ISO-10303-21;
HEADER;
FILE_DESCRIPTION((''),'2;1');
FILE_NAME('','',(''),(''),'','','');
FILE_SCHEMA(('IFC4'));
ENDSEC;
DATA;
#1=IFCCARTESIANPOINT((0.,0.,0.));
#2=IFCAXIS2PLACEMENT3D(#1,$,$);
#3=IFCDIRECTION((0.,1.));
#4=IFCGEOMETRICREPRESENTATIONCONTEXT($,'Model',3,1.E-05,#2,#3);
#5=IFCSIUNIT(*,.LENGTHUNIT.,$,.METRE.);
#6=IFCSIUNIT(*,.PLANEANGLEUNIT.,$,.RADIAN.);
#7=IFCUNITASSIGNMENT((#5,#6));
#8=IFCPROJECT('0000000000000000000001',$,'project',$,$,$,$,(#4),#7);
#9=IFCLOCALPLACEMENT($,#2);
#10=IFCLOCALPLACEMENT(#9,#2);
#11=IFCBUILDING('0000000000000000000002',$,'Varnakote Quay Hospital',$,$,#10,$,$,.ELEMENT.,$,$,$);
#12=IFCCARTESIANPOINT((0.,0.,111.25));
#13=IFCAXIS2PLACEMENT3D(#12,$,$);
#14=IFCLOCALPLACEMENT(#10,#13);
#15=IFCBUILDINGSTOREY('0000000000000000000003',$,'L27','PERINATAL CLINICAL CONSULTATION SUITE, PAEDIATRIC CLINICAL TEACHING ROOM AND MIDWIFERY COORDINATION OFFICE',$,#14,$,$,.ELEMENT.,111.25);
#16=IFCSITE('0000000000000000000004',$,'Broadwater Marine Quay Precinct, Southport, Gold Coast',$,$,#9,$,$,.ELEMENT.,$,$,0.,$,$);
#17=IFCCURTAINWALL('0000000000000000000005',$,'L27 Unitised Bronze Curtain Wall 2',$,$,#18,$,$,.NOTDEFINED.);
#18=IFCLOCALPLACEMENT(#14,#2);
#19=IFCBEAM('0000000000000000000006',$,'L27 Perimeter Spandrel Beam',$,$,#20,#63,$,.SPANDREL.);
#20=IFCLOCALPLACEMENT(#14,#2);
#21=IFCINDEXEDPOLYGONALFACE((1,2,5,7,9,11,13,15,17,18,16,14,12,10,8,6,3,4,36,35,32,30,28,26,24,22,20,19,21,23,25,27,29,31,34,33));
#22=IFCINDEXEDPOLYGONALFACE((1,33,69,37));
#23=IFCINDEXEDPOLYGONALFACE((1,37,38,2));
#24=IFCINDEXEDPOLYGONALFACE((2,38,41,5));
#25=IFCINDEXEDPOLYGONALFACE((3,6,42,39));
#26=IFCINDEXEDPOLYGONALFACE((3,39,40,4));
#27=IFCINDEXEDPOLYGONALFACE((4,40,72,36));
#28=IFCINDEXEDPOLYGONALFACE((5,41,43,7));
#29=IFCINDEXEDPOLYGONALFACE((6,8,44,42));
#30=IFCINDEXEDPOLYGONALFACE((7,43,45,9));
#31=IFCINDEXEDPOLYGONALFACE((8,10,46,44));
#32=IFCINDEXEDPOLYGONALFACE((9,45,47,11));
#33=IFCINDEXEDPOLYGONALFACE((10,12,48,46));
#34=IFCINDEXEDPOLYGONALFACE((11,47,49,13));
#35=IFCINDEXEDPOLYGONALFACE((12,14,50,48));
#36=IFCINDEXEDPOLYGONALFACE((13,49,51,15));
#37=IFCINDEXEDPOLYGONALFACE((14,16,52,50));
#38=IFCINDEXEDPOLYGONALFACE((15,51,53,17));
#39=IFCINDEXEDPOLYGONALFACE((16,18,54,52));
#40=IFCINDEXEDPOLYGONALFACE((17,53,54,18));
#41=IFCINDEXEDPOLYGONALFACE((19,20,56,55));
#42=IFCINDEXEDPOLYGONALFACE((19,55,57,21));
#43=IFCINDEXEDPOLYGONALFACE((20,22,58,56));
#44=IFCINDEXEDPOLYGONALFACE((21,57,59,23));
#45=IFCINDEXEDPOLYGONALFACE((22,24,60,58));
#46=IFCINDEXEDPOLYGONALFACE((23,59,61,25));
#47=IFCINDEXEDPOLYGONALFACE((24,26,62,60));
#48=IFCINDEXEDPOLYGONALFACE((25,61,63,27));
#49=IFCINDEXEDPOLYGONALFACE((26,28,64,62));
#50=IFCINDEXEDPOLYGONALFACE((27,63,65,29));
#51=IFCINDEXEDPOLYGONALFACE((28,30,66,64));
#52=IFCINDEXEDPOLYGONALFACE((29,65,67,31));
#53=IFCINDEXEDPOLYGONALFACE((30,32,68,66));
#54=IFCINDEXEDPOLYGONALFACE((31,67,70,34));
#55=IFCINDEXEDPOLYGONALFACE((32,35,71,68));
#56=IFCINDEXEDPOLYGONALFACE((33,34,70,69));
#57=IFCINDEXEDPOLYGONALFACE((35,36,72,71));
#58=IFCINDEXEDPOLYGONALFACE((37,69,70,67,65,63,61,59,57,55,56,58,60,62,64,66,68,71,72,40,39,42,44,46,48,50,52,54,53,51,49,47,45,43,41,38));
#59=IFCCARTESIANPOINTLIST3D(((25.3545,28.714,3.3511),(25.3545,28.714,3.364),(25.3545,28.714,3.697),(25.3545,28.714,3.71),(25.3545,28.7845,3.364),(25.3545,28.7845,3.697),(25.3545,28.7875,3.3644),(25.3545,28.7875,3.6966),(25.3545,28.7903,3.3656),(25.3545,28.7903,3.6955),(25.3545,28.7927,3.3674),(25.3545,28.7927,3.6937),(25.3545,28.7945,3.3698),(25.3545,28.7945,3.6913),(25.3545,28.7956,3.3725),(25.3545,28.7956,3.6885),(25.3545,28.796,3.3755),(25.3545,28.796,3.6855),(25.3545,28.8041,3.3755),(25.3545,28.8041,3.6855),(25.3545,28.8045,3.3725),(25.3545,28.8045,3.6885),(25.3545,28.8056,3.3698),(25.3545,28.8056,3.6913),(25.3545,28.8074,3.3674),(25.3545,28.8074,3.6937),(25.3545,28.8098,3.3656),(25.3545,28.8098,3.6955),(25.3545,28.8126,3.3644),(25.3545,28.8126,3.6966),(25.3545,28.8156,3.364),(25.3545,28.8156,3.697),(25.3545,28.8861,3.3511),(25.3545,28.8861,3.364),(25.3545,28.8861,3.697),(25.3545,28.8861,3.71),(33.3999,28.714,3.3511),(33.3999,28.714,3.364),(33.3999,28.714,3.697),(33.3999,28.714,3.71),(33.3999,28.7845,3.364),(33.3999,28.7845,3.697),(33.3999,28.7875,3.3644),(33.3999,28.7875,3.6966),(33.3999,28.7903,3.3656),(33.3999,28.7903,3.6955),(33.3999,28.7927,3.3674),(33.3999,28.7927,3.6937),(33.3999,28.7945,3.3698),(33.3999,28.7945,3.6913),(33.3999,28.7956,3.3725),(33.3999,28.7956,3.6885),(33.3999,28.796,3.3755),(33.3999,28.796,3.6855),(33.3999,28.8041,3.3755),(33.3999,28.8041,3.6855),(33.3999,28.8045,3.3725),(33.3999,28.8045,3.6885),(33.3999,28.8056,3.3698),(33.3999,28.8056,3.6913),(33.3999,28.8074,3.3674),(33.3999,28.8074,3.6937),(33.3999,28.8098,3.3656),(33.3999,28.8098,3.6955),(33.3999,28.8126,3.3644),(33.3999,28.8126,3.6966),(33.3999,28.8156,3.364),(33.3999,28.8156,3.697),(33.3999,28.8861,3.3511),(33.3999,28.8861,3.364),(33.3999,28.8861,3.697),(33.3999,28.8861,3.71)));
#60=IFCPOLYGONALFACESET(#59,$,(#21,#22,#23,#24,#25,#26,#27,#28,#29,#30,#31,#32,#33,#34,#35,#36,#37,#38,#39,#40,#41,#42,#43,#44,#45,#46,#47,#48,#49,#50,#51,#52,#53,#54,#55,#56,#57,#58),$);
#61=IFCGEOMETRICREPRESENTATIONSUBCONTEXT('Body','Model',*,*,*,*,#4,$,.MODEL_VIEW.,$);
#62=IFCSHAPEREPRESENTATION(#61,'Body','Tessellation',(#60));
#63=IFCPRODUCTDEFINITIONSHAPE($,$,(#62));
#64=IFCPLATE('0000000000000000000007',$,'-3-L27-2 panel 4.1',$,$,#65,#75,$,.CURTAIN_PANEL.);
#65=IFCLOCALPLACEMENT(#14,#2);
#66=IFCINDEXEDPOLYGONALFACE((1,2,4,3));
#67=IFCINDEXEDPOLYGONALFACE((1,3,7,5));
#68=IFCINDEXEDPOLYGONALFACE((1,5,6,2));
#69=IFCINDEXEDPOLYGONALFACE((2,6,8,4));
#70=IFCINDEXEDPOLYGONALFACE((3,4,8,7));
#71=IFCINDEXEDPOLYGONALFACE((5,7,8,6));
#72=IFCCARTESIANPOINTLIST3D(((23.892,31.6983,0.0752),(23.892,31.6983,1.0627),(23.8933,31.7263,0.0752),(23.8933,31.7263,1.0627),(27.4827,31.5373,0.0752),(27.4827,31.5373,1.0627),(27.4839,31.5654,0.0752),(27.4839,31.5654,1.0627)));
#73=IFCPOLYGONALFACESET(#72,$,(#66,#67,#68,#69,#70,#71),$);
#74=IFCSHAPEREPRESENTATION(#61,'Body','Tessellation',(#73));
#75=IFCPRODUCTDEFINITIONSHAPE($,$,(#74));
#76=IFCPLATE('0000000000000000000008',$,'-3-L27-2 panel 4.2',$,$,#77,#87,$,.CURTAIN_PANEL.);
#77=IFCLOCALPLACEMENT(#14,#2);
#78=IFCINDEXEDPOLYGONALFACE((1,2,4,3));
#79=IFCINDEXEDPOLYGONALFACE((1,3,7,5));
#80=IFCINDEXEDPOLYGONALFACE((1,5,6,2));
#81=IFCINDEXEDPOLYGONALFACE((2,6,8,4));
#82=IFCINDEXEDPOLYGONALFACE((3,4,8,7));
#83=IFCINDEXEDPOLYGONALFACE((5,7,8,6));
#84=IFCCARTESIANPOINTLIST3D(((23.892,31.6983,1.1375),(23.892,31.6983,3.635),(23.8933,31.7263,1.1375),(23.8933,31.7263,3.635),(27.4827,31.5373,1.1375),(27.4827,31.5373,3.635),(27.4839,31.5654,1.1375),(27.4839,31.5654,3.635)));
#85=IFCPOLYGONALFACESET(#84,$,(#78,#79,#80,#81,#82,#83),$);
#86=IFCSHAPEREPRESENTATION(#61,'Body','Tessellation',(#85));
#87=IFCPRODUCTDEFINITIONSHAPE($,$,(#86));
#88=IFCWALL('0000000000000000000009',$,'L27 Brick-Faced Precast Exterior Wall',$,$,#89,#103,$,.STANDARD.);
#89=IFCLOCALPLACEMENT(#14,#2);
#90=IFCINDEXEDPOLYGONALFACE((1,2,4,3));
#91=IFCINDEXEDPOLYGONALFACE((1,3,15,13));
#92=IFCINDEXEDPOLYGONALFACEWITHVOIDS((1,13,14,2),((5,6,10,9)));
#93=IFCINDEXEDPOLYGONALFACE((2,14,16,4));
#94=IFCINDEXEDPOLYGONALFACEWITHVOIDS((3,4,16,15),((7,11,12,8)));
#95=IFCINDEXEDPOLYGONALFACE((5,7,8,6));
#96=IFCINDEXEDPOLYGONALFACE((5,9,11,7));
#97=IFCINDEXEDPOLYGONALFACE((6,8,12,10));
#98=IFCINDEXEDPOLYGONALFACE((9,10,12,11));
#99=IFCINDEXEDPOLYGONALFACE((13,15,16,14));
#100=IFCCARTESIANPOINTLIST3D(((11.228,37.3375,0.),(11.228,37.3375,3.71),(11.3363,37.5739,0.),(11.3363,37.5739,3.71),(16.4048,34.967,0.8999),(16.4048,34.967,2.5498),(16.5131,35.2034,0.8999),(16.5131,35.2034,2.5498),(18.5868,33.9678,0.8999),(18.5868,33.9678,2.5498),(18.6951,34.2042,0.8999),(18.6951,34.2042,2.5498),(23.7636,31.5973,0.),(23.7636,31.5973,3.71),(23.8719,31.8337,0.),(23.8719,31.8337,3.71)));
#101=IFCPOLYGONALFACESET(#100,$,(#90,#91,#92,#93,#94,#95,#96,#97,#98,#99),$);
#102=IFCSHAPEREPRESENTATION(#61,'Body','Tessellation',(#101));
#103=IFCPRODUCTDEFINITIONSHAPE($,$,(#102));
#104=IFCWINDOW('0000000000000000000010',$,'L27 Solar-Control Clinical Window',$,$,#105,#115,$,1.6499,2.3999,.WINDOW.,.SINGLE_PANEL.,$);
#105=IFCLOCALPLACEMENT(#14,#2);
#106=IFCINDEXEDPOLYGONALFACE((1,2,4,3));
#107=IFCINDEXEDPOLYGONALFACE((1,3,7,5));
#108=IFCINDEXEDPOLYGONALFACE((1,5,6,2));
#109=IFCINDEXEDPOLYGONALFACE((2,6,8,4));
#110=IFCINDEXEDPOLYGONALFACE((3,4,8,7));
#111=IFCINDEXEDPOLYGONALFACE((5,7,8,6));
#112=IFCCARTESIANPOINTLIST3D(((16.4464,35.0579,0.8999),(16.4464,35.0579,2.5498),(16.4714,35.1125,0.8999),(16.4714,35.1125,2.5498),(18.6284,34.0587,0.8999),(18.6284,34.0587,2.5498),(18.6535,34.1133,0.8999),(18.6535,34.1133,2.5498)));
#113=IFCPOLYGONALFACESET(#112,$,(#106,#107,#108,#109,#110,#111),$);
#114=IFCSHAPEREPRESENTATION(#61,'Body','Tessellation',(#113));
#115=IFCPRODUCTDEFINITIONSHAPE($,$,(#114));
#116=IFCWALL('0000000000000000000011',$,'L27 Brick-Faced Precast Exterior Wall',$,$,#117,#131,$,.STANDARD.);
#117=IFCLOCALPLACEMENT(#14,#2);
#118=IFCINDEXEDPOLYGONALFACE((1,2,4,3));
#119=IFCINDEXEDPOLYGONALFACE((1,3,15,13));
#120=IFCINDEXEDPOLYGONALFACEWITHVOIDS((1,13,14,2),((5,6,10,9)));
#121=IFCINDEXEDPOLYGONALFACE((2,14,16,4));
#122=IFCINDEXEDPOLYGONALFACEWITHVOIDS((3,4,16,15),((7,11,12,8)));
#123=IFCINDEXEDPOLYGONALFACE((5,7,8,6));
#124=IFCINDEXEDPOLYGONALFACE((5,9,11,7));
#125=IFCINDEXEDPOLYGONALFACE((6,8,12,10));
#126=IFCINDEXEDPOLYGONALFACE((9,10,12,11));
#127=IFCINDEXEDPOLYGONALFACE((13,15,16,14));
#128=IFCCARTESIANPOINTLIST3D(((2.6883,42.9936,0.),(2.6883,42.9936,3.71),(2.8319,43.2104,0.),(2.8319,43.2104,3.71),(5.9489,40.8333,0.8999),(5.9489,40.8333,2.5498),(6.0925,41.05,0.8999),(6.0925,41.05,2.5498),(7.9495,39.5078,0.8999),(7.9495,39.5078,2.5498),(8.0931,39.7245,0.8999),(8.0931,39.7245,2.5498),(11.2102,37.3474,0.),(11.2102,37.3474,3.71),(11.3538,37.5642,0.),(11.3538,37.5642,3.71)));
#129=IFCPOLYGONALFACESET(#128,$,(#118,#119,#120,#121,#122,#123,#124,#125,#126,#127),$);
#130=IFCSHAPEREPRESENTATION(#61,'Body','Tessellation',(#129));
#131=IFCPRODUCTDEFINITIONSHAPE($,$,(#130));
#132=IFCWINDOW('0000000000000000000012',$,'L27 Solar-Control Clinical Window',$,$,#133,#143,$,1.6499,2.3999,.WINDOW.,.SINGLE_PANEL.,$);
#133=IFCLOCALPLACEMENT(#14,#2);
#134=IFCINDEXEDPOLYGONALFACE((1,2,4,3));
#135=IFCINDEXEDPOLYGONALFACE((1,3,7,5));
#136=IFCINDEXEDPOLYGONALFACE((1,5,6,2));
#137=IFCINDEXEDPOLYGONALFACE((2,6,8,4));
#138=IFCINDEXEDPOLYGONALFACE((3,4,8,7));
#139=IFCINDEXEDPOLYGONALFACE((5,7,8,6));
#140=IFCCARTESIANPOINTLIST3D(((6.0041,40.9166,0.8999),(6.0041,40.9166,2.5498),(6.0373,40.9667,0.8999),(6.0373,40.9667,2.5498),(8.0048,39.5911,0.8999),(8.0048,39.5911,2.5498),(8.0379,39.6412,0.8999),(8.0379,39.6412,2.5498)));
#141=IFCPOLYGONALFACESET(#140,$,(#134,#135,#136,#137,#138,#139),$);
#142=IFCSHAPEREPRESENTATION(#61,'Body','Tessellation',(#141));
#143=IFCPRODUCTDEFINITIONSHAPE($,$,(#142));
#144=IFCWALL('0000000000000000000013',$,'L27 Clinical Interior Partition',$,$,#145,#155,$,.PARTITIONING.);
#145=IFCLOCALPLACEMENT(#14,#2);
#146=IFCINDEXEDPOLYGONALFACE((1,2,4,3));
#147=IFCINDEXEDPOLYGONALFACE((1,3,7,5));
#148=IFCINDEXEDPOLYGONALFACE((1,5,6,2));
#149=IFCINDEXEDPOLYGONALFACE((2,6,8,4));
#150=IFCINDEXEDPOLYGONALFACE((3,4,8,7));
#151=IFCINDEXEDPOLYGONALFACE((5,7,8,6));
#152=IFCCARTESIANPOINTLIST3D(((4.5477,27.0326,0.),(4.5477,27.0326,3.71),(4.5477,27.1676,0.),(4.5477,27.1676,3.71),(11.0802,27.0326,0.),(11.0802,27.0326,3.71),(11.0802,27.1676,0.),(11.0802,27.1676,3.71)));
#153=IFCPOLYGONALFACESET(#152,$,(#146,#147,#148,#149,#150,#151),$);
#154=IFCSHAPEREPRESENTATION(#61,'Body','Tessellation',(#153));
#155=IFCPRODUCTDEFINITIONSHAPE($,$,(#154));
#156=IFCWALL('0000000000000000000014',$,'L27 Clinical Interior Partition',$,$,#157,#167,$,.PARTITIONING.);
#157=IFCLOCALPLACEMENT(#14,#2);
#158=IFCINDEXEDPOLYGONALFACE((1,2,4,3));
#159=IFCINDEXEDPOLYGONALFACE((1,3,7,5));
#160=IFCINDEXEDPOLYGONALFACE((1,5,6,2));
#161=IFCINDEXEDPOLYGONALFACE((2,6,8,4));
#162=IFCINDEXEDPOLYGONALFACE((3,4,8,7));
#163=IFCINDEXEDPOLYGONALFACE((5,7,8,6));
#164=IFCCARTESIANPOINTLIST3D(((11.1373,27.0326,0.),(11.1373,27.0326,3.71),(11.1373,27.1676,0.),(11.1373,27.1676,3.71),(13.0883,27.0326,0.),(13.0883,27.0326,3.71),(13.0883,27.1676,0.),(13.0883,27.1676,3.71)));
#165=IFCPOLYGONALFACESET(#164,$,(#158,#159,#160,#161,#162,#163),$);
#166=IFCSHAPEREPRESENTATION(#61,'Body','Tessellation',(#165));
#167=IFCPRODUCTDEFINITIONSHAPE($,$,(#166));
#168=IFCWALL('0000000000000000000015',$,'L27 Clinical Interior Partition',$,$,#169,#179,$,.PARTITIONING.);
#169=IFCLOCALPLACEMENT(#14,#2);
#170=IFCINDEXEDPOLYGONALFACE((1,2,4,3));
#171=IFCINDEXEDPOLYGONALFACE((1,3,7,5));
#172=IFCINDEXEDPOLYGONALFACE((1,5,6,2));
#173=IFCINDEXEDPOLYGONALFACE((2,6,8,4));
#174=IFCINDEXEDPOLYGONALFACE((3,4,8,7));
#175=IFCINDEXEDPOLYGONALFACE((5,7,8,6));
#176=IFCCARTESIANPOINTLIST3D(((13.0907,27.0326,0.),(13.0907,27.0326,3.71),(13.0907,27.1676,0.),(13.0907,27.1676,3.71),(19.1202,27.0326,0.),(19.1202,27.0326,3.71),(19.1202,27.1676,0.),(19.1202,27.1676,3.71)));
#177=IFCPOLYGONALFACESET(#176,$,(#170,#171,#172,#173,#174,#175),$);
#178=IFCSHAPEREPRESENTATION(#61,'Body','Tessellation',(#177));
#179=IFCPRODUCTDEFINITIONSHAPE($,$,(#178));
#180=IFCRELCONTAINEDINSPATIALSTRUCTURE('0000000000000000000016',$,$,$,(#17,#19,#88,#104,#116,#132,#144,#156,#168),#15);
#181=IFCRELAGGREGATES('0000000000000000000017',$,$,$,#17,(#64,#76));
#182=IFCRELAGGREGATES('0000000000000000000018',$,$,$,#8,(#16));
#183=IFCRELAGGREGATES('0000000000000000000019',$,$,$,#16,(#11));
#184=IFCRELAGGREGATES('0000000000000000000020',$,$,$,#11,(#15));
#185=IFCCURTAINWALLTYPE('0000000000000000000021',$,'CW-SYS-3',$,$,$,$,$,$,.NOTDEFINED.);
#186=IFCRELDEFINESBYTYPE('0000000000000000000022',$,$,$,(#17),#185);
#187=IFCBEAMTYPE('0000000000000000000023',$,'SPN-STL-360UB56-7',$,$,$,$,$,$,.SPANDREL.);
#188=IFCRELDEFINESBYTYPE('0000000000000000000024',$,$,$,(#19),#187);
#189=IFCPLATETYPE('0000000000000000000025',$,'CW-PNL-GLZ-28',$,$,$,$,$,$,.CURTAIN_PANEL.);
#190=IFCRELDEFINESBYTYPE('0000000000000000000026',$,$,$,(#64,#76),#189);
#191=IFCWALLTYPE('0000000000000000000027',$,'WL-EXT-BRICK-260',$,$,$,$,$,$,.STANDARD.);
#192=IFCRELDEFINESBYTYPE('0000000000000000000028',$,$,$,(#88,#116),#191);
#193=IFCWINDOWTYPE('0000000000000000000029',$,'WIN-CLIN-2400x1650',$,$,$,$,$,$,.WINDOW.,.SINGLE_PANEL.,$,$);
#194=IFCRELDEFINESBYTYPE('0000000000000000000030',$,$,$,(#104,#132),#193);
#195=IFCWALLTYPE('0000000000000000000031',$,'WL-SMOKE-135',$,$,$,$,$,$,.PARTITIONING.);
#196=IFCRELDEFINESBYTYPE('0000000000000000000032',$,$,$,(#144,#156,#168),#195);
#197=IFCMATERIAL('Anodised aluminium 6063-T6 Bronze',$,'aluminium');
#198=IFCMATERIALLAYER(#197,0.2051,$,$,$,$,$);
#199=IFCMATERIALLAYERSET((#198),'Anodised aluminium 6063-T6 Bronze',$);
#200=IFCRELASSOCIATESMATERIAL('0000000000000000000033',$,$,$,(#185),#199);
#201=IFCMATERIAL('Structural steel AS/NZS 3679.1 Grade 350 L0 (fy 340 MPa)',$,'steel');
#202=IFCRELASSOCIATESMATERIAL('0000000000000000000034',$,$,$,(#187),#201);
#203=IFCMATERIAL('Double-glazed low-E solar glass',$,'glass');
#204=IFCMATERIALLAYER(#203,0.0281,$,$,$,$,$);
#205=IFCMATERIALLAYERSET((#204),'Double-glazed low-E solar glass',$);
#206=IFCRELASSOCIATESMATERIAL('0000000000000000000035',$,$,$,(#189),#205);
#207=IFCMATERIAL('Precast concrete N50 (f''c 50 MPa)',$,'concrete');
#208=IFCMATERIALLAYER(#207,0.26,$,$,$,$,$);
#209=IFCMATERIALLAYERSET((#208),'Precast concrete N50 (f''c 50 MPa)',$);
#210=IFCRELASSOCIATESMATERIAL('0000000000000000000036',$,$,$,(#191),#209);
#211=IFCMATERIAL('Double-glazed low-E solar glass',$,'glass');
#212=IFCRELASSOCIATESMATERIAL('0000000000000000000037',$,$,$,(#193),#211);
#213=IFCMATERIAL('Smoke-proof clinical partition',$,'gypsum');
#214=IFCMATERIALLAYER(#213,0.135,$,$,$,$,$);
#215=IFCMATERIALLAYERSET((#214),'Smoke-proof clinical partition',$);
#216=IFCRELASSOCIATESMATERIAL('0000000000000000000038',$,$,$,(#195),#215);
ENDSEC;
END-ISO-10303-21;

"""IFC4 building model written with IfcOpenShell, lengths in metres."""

from ifc_helpers import new_model, si_unit, direction, frame, frame_2d, origin, origin_2d, place, context, subcontext, project, spatial, rectangle, i_section, extrude, material, layer, layer_set, material_profile, profile_set, type_object, element, fill, aggregate, save


model = new_model("IFC4")

# Units and contexts
model_context = context("Model", 3, precision=1e-05, world=origin(), true_north=direction((0.0, 1.0)))
body_context = subcontext(model_context, "Body", "Model", "MODEL_VIEW")
ifc_project = project(units=[si_unit("LENGTHUNIT", "METRE"), si_unit("PLANEANGLEUNIT", "RADIAN")], contexts=[model_context])

# Site, building, storey
site_placement = place(None, origin())
site = spatial("IfcSite", under=ifc_project, at=site_placement, Name="Broadwater Marine Quay Precinct, Southport, Gold Coast", CompositionType="ELEMENT", RefElevation=0.0)
building_placement = place(site_placement, origin())
building = spatial("IfcBuilding", under=site, at=building_placement, Name="Varnakote Quay Hospital", CompositionType="ELEMENT")
storey_placement = place(building_placement, frame((0.0, 0.0, 111.25)))
storey = spatial("IfcBuildingStorey", under=building, at=storey_placement, Name="L27", Description="PERINATAL CLINICAL CONSULTATION SUITE, PAEDIATRIC CLINICAL TEACHING ROOM AND MIDWIFERY COORDINATION OFFICE", CompositionType="ELEMENT", Elevation=111.25)

# Curtain wall
ifc_material_1 = material(Name="Anodised aluminium 6063-T6 Bronze", Category="aluminium")
ifc_layer_1 = layer(ifc_material_1, 0.2051)
ifc_layer_set_1 = layer_set([ifc_layer_1], Name="Anodised aluminium 6063-T6 Bronze")
curtain_wall_type = type_object("IfcCurtainWallType", Name="CW-SYS-3", PredefinedType="NOTDEFINED", material=ifc_layer_set_1)
curtain_wall_placement = place(storey_placement, origin())
curtain_wall = element("IfcCurtainWall", 1, at=curtain_wall_placement, inside=storey, type_object=curtain_wall_type, Name="L27 Unitised Bronze Curtain Wall 2", PredefinedType="NOTDEFINED")

# Beam
ifc_material_2 = material(Name="Structural steel AS/NZS 3679.1 Grade 350 L0 (fy 340 MPa)", Category="steel")
ifc_material_profile_1 = material_profile(ifc_material_2, i_section(OverallWidth=0.1721, OverallDepth=0.3589, WebThickness=0.0081, FlangeThickness=0.0129, FilletRadius=0.0115, at=origin_2d()), Name="360UB56.7")
ifc_profile_set_1 = profile_set([ifc_material_profile_1], Name="Structural steel AS/NZS 3679.1 Grade 350 L0 (fy 340 MPa)")
beam_type_1 = type_object("IfcBeamType", Name="SPN-STL-360UB56-7", PredefinedType="SPANDREL", material=ifc_profile_set_1)
beam_1_placement = place(storey_placement, frame((25.3545, 28.8, 3.5305), z_axis=(1.0, 0.0, 0.0), x_axis=(0.0, 1.0, 0.0)))
element("IfcBeam", 2, at=beam_1_placement, inside=storey, type_object=beam_type_1, Name="L27 Perimeter Spandrel Beam", PredefinedType="SPANDREL", context=body_context, shape_type="SweptSolid", body=[
    extrude(i_section(OverallWidth=0.1721, OverallDepth=0.3589, WebThickness=0.0081, FlangeThickness=0.0129, FilletRadius=0.0115, at=origin_2d()), origin(), (0.0, 0.0, 1.0), 8.0454),
])

# Plates
ifc_material_3 = material(Name="Double-glazed low-E solar glass", Category="glass")
ifc_layer_2 = layer(ifc_material_3, 0.0281)
ifc_layer_set_2 = layer_set([ifc_layer_2], Name="Double-glazed low-E solar glass")
plate_type = type_object("IfcPlateType", Name="CW-PNL-GLZ-28", PredefinedType="CURTAIN_PANEL", material=ifc_layer_set_2)
plate_1_placement = place(storey_placement, frame((25.688, 31.6318, 0.0752), z_axis=(0.0, 0.0, 1.0), x_axis=(-0.998997, 0.044782, 0.0)))
plate_1 = element("IfcPlate", 3, at=plate_1_placement, type_object=plate_type, Name="-3-L27-2 panel 4.1", PredefinedType="CURTAIN_PANEL", context=body_context, shape_type="SweptSolid", body=[
    extrude(rectangle(XDim=3.5942, YDim=0.0281, at=origin_2d()), origin(), (0.0, 0.0, 1.0), 0.9875),
])
plate_2_placement = place(storey_placement, frame((25.688, 31.6318, 1.1375), z_axis=(0.0, 0.0, 1.0), x_axis=(-0.998997, 0.044782, 0.0)))
plate_2 = element("IfcPlate", 4, at=plate_2_placement, type_object=plate_type, Name="-3-L27-2 panel 4.2", PredefinedType="CURTAIN_PANEL", context=body_context, shape_type="SweptSolid", body=[
    extrude(rectangle(XDim=3.5942, YDim=0.0281, at=origin_2d()), origin(), (0.0, 0.0, 1.0), 2.4976),
])
aggregate(curtain_wall, [plate_1, plate_2])

# Walls, openings, windows
ifc_material_4 = material(Name="Precast concrete N50 (f'c 50 MPa)", Category="concrete")
ifc_layer_3 = layer(ifc_material_4, 0.26)
ifc_layer_set_3 = layer_set([ifc_layer_3], Name="Precast concrete N50 (f'c 50 MPa)")
wall_type_1 = type_object("IfcWallType", Name="WL-EXT-BRICK-260", PredefinedType="STANDARD", material=ifc_layer_set_3)
wall_1_placement = place(storey_placement, frame((23.8176, 31.7156, 0.0), z_axis=(0.0, 0.0, 1.0), x_axis=(-0.90921, 0.416339, 0.0)))
wall_1 = element("IfcWall", 5, at=wall_1_placement, inside=storey, type_object=wall_type_1, Name="L27 Brick-Faced Precast Exterior Wall", PredefinedType="STANDARD", context=body_context, shape_type="SweptSolid", body=[
    extrude(rectangle(XDim=13.7874, YDim=0.26, at=frame_2d((6.8936, 0.0))), origin(), (0.0, 0.0, 1.0), 3.71),
])
opening_1_placement = place(wall_1_placement, frame((5.6936, 0.0, 0.8999)))
opening_1 = element("IfcOpeningElement", 6, at=opening_1_placement, cuts=wall_1, PredefinedType="OPENING", context=body_context, shape_type="SweptSolid", body=[
    extrude(rectangle(XDim=2.3999, YDim=1.6499, at=frame_2d((1.2, 0.825))), frame((0.0, 0.1399, 0.0), z_axis=(0.0, -1.0, 0.0), x_axis=(1.0, 0.0, 0.0)), (0.0, 0.0, 1.0), 0.28),
])
ifc_material_5 = material(Name="Double-glazed low-E solar glass", Category="glass")
window_type = type_object("IfcWindowType", Name="WIN-CLIN-2400x1650", PartitioningType="SINGLE_PANEL", PredefinedType="WINDOW", material=ifc_material_5)
window_1_placement = place(opening_1_placement, origin())
window_1 = element("IfcWindow", 7, at=window_1_placement, inside=storey, type_object=window_type, Name="L27 Solar-Control Clinical Window", OverallHeight=1.6499, OverallWidth=2.3999, PartitioningType="SINGLE_PANEL", PredefinedType="WINDOW", context=body_context, shape_type="SweptSolid", body=[
    extrude(rectangle(XDim=2.3999, YDim=1.6499, at=frame_2d((1.2, 0.825))), frame((0.0, 0.03, 0.0), z_axis=(0.0, -1.0, 0.0), x_axis=(1.0, 0.0, 0.0)), (0.0, 0.0, 1.0), 0.0601),
])
fill(opening_1, window_1)
wall_2_placement = place(storey_placement, frame((11.282, 37.4558, 0.0), z_axis=(0.0, 0.0, 1.0), x_axis=(-0.83363, 0.552323, 0.0)))
wall_2 = element("IfcWall", 8, at=wall_2_placement, inside=storey, type_object=wall_type_1, Name="L27 Brick-Faced Precast Exterior Wall", PredefinedType="STANDARD", context=body_context, shape_type="SweptSolid", body=[
    extrude(rectangle(XDim=10.2227, YDim=0.26, at=frame_2d((5.1113, 0.0))), origin(), (0.0, 0.0, 1.0), 3.71),
])
opening_2_placement = place(wall_2_placement, frame((3.9114, 0.0, 0.8999)))
opening_2 = element("IfcOpeningElement", 9, at=opening_2_placement, cuts=wall_2, PredefinedType="OPENING", context=body_context, shape_type="SweptSolid", body=[
    extrude(rectangle(XDim=2.3999, YDim=1.6499, at=frame_2d((1.2, 0.825))), frame((0.0, 0.1399, 0.0), z_axis=(0.0, -1.0, 0.0), x_axis=(1.0, 0.0, 0.0)), (0.0, 0.0, 1.0), 0.28),
])
window_2_placement = place(opening_2_placement, origin())
window_2 = element("IfcWindow", 10, at=window_2_placement, inside=storey, type_object=window_type, Name="L27 Solar-Control Clinical Window", OverallHeight=1.6499, OverallWidth=2.3999, PartitioningType="SINGLE_PANEL", PredefinedType="WINDOW", context=body_context, shape_type="SweptSolid", body=[
    extrude(rectangle(XDim=2.3999, YDim=1.6499, at=frame_2d((1.2, 0.825))), frame((0.0, 0.03, 0.0), z_axis=(0.0, -1.0, 0.0), x_axis=(1.0, 0.0, 0.0)), (0.0, 0.0, 1.0), 0.0601),
])
fill(opening_2, window_2)

# Walls
ifc_material_6 = material(Name="Smoke-proof clinical partition", Category="gypsum")
ifc_layer_4 = layer(ifc_material_6, 0.135)
ifc_layer_set_4 = layer_set([ifc_layer_4], Name="Smoke-proof clinical partition")
wall_type_2 = type_object("IfcWallType", Name="WL-SMOKE-135", PredefinedType="PARTITIONING", material=ifc_layer_set_4)
wall_3_placement = place(storey_placement, frame((11.0801, 27.1001, 0.0), z_axis=(0.0, 0.0, 1.0), x_axis=(-1.0, 0.0, 0.0)))
element("IfcWall", 11, at=wall_3_placement, inside=storey, type_object=wall_type_2, Name="L27 Clinical Interior Partition", PredefinedType="PARTITIONING", context=body_context, shape_type="SweptSolid", body=[
    extrude(rectangle(XDim=6.5325, YDim=0.135, at=frame_2d((3.2661, 0.0))), origin(), (0.0, 0.0, 1.0), 3.71),
])
wall_4_placement = place(storey_placement, frame((13.0884, 27.1001, 0.0), z_axis=(0.0, 0.0, 1.0), x_axis=(-1.0, 0.0, 0.0)))
element("IfcWall", 12, at=wall_4_placement, inside=storey, type_object=wall_type_2, Name="L27 Clinical Interior Partition", PredefinedType="PARTITIONING", context=body_context, shape_type="SweptSolid", body=[
    extrude(rectangle(XDim=1.9509, YDim=0.135, at=frame_2d((0.9756, 0.0))), origin(), (0.0, 0.0, 1.0), 3.71),
])
wall_5_placement = place(storey_placement, frame((19.1201, 27.1001, 0.0), z_axis=(0.0, 0.0, 1.0), x_axis=(-1.0, 0.0, 0.0)))
element("IfcWall", 13, at=wall_5_placement, inside=storey, type_object=wall_type_2, Name="L27 Clinical Interior Partition", PredefinedType="PARTITIONING", context=body_context, shape_type="SweptSolid", body=[
    extrude(rectangle(XDim=6.0295, YDim=0.135, at=frame_2d((3.0146, 0.0))), origin(), (0.0, 0.0, 1.0), 3.71),
])

save(model, "model.ifc")
